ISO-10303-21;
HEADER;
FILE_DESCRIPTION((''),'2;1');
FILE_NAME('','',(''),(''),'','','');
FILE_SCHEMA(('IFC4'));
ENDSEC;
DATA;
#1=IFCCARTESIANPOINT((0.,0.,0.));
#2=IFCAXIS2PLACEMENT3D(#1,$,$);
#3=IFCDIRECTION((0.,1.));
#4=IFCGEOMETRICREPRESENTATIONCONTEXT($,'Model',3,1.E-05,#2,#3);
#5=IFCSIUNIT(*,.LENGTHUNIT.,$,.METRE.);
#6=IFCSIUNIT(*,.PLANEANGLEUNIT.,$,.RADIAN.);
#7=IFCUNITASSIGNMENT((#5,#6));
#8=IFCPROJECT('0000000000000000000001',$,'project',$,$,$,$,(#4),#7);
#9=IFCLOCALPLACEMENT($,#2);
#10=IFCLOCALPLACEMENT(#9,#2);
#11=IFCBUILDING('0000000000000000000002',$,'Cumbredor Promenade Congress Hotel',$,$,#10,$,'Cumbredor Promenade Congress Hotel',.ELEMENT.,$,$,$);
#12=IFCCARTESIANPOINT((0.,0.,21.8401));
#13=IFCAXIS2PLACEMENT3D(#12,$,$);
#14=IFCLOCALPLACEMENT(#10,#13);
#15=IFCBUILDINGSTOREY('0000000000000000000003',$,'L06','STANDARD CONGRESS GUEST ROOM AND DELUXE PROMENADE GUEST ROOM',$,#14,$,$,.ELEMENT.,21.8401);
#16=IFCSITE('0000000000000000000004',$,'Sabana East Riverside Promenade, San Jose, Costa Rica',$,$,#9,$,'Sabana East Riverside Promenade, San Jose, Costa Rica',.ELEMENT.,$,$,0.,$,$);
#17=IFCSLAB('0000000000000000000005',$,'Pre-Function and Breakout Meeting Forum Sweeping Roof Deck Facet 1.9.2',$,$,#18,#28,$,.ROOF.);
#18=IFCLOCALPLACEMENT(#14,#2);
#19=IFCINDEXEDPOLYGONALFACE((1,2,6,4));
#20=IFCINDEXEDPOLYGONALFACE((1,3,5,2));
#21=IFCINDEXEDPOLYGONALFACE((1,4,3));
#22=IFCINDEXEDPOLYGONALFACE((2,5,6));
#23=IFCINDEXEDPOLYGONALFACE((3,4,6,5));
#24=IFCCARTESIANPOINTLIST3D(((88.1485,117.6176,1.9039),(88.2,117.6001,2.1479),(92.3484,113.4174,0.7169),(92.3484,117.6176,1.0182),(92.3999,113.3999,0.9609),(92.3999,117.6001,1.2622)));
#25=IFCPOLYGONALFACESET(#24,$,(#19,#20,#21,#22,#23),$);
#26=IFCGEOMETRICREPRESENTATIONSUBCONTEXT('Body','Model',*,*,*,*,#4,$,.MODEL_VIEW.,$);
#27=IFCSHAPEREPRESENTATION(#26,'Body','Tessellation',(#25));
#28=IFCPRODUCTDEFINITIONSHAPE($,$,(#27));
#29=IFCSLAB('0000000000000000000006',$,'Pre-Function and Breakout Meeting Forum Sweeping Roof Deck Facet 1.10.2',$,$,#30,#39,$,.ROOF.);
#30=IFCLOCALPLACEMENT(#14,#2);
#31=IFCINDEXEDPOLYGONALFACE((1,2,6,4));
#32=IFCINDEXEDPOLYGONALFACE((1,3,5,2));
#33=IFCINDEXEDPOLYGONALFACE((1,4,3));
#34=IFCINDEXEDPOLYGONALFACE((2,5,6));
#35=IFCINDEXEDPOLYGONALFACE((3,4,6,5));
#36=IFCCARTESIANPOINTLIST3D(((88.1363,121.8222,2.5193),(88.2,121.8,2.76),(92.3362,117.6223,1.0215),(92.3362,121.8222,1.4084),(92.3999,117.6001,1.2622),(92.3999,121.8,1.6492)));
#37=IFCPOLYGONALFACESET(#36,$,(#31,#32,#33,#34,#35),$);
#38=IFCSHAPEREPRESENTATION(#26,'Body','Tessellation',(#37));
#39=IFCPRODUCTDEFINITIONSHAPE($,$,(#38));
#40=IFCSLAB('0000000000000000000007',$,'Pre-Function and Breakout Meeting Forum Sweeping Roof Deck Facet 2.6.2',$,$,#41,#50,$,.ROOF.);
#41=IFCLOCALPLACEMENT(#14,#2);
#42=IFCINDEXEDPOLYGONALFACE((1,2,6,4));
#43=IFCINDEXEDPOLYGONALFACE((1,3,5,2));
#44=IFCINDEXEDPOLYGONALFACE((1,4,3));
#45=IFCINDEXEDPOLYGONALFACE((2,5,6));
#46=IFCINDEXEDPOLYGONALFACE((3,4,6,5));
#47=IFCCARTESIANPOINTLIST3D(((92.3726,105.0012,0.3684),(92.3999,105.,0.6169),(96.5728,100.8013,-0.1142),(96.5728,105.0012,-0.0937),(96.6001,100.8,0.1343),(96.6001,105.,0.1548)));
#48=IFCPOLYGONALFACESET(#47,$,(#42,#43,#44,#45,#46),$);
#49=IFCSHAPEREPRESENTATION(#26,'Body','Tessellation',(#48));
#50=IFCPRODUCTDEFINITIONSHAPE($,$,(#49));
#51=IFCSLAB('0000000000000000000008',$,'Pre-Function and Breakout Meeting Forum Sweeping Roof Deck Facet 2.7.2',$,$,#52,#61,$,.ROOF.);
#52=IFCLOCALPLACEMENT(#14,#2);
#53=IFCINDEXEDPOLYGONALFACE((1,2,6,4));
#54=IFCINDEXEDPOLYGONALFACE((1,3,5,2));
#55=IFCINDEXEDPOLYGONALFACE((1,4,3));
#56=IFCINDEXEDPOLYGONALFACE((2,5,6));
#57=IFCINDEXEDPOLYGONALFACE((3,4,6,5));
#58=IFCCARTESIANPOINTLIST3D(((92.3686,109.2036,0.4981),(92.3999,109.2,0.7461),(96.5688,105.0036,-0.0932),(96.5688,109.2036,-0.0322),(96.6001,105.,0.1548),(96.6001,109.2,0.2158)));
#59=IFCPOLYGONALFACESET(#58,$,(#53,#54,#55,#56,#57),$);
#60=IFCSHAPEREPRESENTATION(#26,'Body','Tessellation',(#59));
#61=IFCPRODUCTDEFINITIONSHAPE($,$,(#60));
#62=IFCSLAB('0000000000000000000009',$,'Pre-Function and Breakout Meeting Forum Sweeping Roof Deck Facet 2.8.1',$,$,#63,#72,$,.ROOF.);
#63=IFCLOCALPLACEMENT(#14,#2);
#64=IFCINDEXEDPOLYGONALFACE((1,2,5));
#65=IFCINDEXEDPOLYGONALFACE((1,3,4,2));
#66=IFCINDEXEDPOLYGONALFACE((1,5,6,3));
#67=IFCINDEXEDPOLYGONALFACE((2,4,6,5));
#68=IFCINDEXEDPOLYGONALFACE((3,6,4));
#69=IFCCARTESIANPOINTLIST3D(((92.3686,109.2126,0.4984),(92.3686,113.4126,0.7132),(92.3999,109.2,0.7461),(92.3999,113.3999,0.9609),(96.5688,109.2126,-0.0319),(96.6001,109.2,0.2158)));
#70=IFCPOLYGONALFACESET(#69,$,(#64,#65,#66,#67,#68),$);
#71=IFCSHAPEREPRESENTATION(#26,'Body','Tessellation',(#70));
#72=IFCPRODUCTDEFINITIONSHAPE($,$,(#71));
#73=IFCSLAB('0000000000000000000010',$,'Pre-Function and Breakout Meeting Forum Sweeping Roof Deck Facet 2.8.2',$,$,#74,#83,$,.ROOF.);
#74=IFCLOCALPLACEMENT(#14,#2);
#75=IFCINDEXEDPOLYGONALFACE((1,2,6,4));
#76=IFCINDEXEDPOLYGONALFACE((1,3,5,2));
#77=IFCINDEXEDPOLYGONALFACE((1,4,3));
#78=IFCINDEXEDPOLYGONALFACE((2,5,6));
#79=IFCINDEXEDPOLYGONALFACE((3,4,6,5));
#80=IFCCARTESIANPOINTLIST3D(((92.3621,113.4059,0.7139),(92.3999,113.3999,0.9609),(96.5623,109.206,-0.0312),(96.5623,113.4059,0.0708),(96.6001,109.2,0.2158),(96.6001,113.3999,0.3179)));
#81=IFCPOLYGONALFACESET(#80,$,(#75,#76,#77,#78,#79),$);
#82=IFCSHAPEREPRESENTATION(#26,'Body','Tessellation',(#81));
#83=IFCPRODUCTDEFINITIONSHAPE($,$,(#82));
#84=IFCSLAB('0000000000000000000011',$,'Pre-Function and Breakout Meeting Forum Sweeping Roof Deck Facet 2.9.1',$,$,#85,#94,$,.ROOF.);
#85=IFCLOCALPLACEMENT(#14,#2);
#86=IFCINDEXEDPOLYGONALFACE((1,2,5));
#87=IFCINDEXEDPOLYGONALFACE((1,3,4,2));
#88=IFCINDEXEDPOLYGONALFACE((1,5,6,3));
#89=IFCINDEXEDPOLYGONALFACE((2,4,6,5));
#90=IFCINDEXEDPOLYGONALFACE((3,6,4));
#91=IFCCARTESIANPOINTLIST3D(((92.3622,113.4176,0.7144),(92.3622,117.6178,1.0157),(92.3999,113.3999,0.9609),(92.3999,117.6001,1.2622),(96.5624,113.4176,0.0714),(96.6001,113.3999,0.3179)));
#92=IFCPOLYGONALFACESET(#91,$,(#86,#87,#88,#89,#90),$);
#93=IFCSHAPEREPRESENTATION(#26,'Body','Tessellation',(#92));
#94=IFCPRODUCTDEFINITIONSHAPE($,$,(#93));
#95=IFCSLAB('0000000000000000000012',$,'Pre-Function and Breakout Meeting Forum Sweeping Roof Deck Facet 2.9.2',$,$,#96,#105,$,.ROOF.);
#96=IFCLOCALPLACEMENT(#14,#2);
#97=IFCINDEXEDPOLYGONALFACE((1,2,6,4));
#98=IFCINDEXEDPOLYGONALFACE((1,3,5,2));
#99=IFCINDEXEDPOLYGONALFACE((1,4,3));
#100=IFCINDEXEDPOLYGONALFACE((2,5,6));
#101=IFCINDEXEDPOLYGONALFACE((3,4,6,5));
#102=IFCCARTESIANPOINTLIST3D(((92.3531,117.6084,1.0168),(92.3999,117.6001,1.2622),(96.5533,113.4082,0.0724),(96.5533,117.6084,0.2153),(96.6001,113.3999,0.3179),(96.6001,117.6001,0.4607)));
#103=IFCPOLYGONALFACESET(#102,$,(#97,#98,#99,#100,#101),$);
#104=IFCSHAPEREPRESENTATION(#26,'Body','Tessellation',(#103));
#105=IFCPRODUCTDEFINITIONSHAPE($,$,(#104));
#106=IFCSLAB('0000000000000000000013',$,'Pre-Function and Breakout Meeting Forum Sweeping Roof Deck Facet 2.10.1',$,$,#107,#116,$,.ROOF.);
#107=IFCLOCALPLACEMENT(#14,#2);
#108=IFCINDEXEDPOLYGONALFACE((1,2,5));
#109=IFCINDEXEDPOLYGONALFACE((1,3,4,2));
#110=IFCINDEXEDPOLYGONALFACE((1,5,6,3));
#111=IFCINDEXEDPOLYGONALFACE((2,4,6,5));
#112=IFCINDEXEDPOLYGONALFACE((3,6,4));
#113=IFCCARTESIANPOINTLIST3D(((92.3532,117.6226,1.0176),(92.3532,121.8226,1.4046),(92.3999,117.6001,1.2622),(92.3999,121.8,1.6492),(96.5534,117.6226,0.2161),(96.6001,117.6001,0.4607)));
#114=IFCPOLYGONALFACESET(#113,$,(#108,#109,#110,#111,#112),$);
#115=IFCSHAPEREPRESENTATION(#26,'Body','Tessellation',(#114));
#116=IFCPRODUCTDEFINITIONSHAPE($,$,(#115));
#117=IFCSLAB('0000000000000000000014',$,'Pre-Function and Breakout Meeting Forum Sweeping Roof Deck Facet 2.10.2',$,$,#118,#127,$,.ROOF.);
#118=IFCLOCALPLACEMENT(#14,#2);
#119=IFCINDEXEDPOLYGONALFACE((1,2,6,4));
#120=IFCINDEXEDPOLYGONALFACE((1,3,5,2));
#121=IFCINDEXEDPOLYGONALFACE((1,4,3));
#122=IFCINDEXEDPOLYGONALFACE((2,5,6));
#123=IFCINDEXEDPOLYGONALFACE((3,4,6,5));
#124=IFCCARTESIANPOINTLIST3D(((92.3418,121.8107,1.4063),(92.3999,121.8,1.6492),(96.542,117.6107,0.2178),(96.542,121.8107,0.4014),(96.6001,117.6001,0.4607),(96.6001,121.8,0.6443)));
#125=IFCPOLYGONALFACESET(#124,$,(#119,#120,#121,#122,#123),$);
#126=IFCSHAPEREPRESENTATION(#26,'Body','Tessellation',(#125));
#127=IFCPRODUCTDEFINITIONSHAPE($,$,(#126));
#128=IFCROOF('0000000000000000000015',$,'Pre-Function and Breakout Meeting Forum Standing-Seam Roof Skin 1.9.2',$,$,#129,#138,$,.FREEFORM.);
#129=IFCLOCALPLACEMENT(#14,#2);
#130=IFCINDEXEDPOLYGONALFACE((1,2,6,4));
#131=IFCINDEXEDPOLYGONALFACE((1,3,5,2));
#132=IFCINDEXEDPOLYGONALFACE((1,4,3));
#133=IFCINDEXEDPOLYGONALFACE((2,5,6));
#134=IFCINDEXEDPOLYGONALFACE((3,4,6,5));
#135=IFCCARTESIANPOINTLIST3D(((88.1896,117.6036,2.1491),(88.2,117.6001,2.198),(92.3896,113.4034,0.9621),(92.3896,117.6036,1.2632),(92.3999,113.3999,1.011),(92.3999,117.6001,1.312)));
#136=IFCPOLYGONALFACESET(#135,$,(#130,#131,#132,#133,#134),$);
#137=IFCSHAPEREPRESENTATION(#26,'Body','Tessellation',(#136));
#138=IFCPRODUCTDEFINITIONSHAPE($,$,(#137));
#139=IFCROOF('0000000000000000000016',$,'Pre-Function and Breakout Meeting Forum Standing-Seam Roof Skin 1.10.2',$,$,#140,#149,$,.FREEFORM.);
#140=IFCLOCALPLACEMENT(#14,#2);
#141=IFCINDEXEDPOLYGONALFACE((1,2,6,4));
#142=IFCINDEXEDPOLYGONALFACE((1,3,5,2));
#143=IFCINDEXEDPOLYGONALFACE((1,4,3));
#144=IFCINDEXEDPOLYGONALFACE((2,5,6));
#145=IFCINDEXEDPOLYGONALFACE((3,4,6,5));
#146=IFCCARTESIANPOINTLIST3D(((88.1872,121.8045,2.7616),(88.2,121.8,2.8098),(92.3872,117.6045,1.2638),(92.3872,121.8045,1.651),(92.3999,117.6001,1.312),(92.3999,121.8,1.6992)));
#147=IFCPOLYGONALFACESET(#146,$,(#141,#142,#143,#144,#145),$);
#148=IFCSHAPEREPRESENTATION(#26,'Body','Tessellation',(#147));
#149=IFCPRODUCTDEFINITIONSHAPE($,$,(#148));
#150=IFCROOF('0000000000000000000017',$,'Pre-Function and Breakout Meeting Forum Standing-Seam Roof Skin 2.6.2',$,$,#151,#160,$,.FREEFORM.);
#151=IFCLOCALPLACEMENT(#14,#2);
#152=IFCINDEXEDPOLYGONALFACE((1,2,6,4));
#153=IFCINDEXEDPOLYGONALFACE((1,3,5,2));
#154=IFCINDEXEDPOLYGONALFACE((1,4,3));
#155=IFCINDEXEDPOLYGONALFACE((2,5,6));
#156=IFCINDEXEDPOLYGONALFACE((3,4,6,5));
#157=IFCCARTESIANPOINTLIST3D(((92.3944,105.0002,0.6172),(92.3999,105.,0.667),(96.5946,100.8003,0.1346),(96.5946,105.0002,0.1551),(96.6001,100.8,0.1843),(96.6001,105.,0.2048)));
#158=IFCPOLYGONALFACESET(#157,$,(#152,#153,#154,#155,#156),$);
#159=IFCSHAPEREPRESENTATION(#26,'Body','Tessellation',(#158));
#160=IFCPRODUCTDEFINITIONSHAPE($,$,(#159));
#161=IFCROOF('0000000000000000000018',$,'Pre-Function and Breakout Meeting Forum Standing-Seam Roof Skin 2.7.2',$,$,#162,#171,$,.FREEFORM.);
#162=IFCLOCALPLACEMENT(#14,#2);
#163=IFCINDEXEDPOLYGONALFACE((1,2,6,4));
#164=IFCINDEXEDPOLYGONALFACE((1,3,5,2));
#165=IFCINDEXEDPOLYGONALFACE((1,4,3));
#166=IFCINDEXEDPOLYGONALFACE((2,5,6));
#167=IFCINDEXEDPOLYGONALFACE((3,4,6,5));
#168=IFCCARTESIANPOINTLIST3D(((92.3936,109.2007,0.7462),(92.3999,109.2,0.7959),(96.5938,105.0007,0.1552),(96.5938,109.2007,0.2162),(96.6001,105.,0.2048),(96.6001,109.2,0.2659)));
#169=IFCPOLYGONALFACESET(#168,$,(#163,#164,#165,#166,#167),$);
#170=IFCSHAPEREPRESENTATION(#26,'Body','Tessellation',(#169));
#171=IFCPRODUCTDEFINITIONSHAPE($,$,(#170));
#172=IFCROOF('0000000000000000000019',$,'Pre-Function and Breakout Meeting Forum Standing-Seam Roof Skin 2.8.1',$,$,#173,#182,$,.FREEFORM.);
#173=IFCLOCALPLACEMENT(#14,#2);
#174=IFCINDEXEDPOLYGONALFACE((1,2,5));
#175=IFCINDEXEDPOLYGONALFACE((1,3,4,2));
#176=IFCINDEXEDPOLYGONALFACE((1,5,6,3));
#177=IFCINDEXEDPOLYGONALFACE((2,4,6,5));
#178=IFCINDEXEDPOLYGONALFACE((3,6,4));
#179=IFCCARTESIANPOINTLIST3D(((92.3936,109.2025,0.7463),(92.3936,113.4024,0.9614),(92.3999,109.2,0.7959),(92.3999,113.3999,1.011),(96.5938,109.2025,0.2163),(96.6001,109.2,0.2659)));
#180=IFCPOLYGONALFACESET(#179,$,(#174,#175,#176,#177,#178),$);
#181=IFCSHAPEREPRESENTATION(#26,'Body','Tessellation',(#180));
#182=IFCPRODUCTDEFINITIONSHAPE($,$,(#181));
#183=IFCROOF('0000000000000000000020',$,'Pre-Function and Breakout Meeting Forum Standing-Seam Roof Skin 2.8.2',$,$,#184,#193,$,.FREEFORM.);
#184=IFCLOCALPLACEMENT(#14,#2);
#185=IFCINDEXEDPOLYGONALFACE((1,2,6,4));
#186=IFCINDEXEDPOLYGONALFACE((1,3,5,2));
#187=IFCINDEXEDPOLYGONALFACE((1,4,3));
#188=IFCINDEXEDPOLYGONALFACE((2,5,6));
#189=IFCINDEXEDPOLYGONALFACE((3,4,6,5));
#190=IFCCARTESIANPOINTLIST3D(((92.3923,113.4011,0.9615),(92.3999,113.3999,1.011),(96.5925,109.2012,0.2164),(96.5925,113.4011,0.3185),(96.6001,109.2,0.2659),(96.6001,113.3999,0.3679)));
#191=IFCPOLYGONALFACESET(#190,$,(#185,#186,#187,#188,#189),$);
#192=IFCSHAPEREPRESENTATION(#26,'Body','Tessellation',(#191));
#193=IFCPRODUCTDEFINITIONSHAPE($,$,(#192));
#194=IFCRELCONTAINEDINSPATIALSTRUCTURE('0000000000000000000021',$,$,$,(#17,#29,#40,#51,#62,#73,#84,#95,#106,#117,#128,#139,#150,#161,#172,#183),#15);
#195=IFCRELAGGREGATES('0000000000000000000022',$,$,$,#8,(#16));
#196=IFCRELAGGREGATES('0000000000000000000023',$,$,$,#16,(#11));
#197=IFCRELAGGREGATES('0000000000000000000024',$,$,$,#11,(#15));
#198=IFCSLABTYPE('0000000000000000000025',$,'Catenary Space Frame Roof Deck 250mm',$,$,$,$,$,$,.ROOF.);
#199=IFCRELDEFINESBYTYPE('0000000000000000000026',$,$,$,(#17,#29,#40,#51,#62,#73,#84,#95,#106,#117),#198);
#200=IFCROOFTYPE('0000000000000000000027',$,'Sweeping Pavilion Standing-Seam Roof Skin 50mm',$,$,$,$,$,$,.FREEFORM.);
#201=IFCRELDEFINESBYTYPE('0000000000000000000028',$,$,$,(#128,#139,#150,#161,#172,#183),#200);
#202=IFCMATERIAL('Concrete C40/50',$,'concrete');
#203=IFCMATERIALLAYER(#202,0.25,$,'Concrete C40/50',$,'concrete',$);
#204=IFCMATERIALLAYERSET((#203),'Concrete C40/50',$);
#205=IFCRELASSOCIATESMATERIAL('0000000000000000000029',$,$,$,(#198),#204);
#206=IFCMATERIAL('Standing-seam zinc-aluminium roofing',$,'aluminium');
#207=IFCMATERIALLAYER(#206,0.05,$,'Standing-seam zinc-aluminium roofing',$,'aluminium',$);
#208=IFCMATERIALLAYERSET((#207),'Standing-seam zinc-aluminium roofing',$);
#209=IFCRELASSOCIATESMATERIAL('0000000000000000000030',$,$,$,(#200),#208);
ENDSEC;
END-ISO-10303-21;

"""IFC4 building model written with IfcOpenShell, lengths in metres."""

from ifc_helpers import new_model, si_unit, direction, frame, origin, place, context, subcontext, project, spatial, polyline, outline, extrude, material, layer, layer_set, type_object, element, save


model = new_model("IFC4")

# Units and contexts
model_context = context("Model", 3, precision=1e-05, world=origin(), true_north=direction((0.0, 1.0)))
body_context = subcontext(model_context, "Body", "Model", "MODEL_VIEW")
ifc_project = project(units=[si_unit("LENGTHUNIT", "METRE"), si_unit("PLANEANGLEUNIT", "RADIAN")], contexts=[model_context])

# Site, building, storey
site_placement = place(None, origin())
site = spatial("IfcSite", under=ifc_project, at=site_placement, Name="Sabana East Riverside Promenade, San Jose, Costa Rica", LongName="Sabana East Riverside Promenade, San Jose, Costa Rica", CompositionType="ELEMENT", RefElevation=0.0)
building_placement = place(site_placement, origin())
building = spatial("IfcBuilding", under=site, at=building_placement, Name="Cumbredor Promenade Congress Hotel", LongName="Cumbredor Promenade Congress Hotel", CompositionType="ELEMENT")
storey_placement = place(building_placement, frame((0.0, 0.0, 21.8401)))
storey = spatial("IfcBuildingStorey", under=building, at=storey_placement, Name="L06", Description="STANDARD CONGRESS GUEST ROOM AND DELUXE PROMENADE GUEST ROOM", CompositionType="ELEMENT", Elevation=21.8401)

# Slabs
ifc_material_1 = material(Name="Concrete C40/50", Category="concrete")
ifc_layer_1 = layer(ifc_material_1, 0.25, Name="Concrete C40/50", Category="concrete")
ifc_layer_set_1 = layer_set([ifc_layer_1], Name="Concrete C40/50")
slab_type = type_object("IfcSlabType", Name="Catenary Space Frame Roof Deck 250mm", PredefinedType="ROOF", material=ifc_layer_set_1)
slab_1_placement = place(storey_placement, frame((92.3999, 113.3999, 0.9609), z_axis=(0.205848, -0.070012, 0.976076), x_axis=(0.0, 0.997437, 0.071544)))
element("IfcSlab", 1, at=slab_1_placement, inside=storey, type_object=slab_type, Name="Pre-Function and Breakout Meeting Forum Sweeping Roof Deck Facet 1.9.2", PredefinedType="ROOF", context=body_context, shape_type="SweptSolid", body=[
    extrude(outline(polyline([(0.0, 0.0), (4.211, 0.0), (4.2744, 4.2919), (0.0, 0.0)])), origin(), (0.0, 0.0, -1.0), 0.25),
])
slab_2_placement = place(storey_placement, frame((92.3999, 117.6001, 1.2622), z_axis=(0.254688, -0.088721, 0.962945), x_axis=(0.0, 0.995782, 0.091747)))
element("IfcSlab", 2, at=slab_2_placement, inside=storey, type_object=slab_type, Name="Pre-Function and Breakout Meeting Forum Sweeping Roof Deck Facet 1.10.2", PredefinedType="ROOF", context=body_context, shape_type="SweptSolid", body=[
    extrude(outline(polyline([(0.0, 0.0), (4.2177, 0.0), (4.3197, 4.3432), (0.0, 0.0)])), origin(), (0.0, 0.0, -1.0), 0.25),
])
slab_3_placement = place(storey_placement, frame((96.6001, 100.8, 0.1343), z_axis=(0.109371, -0.004854, 0.993989), x_axis=(0.0, 0.999988, 0.004883)))
element("IfcSlab", 3, at=slab_3_placement, inside=storey, type_object=slab_type, Name="Pre-Function and Breakout Meeting Forum Sweeping Roof Deck Facet 2.6.2", PredefinedType="ROOF", context=body_context, shape_type="SweptSolid", body=[
    extrude(outline(polyline([(0.0, 0.0), (4.2, 0.0), (4.2023, 4.2255), (0.0, 0.0)])), origin(), (0.0, 0.0, -1.0), 0.25),
])
slab_4_placement = place(storey_placement, frame((96.6001, 105.0, 0.1548), z_axis=(0.125242, -0.014416, 0.992021), x_axis=(0.0, 0.999894, 0.014531)))
element("IfcSlab", 4, at=slab_4_placement, inside=storey, type_object=slab_type, Name="Pre-Function and Breakout Meeting Forum Sweeping Roof Deck Facet 2.7.2", PredefinedType="ROOF", context=body_context, shape_type="SweptSolid", body=[
    extrude(outline(polyline([(0.0, 0.0), (4.2004, 0.0), (4.2081, 4.2335), (0.0, 0.0)])), origin(), (0.0, 0.0, -1.0), 0.25),
])
slab_5_placement = place(storey_placement, frame((92.3999, 109.2, 0.7461), z_axis=(0.125094, -0.050686, 0.990849), x_axis=(0.992125, 0.0, -0.125255)))
element("IfcSlab", 5, at=slab_5_placement, inside=storey, type_object=slab_type, Name="Pre-Function and Breakout Meeting Forum Sweeping Roof Deck Facet 2.8.1", PredefinedType="ROOF", context=body_context, shape_type="SweptSolid", body=[
    extrude(outline(polyline([(0.0, 0.0), (4.2335, 0.0), (-0.0269, 4.2054), (0.0, 0.0)])), origin(), (0.0, 0.0, -1.0), 0.25),
])
slab_6_placement = place(storey_placement, frame((96.6001, 109.2, 0.2158), z_axis=(0.151297, -0.024011, 0.988197), x_axis=(0.0, 0.999705, 0.024291)))
element("IfcSlab", 6, at=slab_6_placement, inside=storey, type_object=slab_type, Name="Pre-Function and Breakout Meeting Forum Sweeping Roof Deck Facet 2.8.2", PredefinedType="ROOF", context=body_context, shape_type="SweptSolid", body=[
    extrude(outline(polyline([(0.0, 0.0), (4.2012, 0.0), (4.2168, 4.2491), (0.0, 0.0)])), origin(), (0.0, 0.0, -1.0), 0.25),
])
slab_7_placement = place(storey_placement, frame((92.3999, 113.3999, 0.9609), z_axis=(0.150961, -0.070724, 0.986006), x_axis=(0.988482, 0.0, -0.15134)))
element("IfcSlab", 7, at=slab_7_placement, inside=storey, type_object=slab_type, Name="Pre-Function and Breakout Meeting Forum Sweeping Roof Deck Facet 2.9.1", PredefinedType="ROOF", context=body_context, shape_type="SweptSolid", body=[
    extrude(outline(polyline([(0.0, 0.0), (4.2491, 0.0), (-0.0456, 4.2107), (0.0, 0.0)])), origin(), (0.0, 0.0, -1.0), 0.25),
])
slab_8_placement = place(storey_placement, frame((96.6001, 113.3999, 0.3179), z_axis=(0.187341, -0.033382, 0.981728), x_axis=(0.0, 0.999422, 0.033984)))
element("IfcSlab", 8, at=slab_8_placement, inside=storey, type_object=slab_type, Name="Pre-Function and Breakout Meeting Forum Sweeping Roof Deck Facet 2.9.2", PredefinedType="ROOF", context=body_context, shape_type="SweptSolid", body=[
    extrude(outline(polyline([(0.0, 0.0), (4.2026, 0.0), (4.2299, 4.2759), (0.0, 0.0)])), origin(), (0.0, 0.0, -1.0), 0.25),
])
slab_9_placement = place(storey_placement, frame((92.3999, 117.6001, 1.2622), z_axis=(0.186682, -0.090134, 0.978277), x_axis=(0.982275, 0.0, -0.187445)))
element("IfcSlab", 9, at=slab_9_placement, inside=storey, type_object=slab_type, Name="Pre-Function and Breakout Meeting Forum Sweeping Roof Deck Facet 2.10.1", PredefinedType="ROOF", context=body_context, shape_type="SweptSolid", body=[
    extrude(outline(polyline([(0.0, 0.0), (4.276, 0.0), (-0.0725, 4.2171), (0.0, 0.0)])), origin(), (0.0, 0.0, -1.0), 0.25),
])
slab_10_placement = place(storey_placement, frame((96.6001, 117.6001, 0.4607), z_axis=(0.23247, -0.042475, 0.971676), x_axis=(0.0, 0.999046, 0.043672)))
element("IfcSlab", 10, at=slab_10_placement, inside=storey, type_object=slab_type, Name="Pre-Function and Breakout Meeting Forum Sweeping Roof Deck Facet 2.10.2", PredefinedType="ROOF", context=body_context, shape_type="SweptSolid", body=[
    extrude(outline(polyline([(0.0, 0.0), (4.204, 0.0), (4.2478, 4.3185), (0.0, 0.0)])), origin(), (0.0, 0.0, -1.0), 0.25),
])

# Roofs
ifc_material_2 = material(Name="Standing-seam zinc-aluminium roofing", Category="aluminium")
ifc_layer_2 = layer(ifc_material_2, 0.05, Name="Standing-seam zinc-aluminium roofing", Category="aluminium")
ifc_layer_set_2 = layer_set([ifc_layer_2], Name="Standing-seam zinc-aluminium roofing")
roof_type = type_object("IfcRoofType", Name="Sweeping Pavilion Standing-Seam Roof Skin 50mm", PredefinedType="FREEFORM", material=ifc_layer_set_2)
roof_1_placement = place(storey_placement, frame((92.3999, 113.3999, 1.011), z_axis=(0.205903, -0.069954, 0.976069), x_axis=(0.0, 0.997442, 0.071486)))
element("IfcRoof", 11, at=roof_1_placement, inside=storey, type_object=roof_type, Name="Pre-Function and Breakout Meeting Forum Standing-Seam Roof Skin 1.9.2", PredefinedType="FREEFORM", context=body_context, shape_type="SweptSolid", body=[
    extrude(outline(polyline([(0.0, 0.0), (4.211, 0.0), (4.2743, 4.2919), (0.0, 0.0)])), origin(), (0.0, 0.0, -1.0), 0.05),
])
roof_2_placement = place(storey_placement, frame((92.3999, 117.6001, 1.312), z_axis=(0.254634, -0.088778, 0.962954), x_axis=(0.0, 0.995777, 0.091804)))
element("IfcRoof", 12, at=roof_2_placement, inside=storey, type_object=roof_type, Name="Pre-Function and Breakout Meeting Forum Standing-Seam Roof Skin 1.10.2", PredefinedType="FREEFORM", context=body_context, shape_type="SweptSolid", body=[
    extrude(outline(polyline([(0.0, 0.0), (4.2178, 0.0), (4.3197, 4.3431), (0.0, 0.0)])), origin(), (0.0, 0.0, -1.0), 0.05),
])
roof_3_placement = place(storey_placement, frame((96.6001, 100.8, 0.1843), z_axis=(0.109371, -0.004854, 0.993989), x_axis=(0.0, 0.999988, 0.004883)))
element("IfcRoof", 13, at=roof_3_placement, inside=storey, type_object=roof_type, Name="Pre-Function and Breakout Meeting Forum Standing-Seam Roof Skin 2.6.2", PredefinedType="FREEFORM", context=body_context, shape_type="SweptSolid", body=[
    extrude(outline(polyline([(0.0, 0.0), (4.2, 0.0), (4.2023, 4.2255), (0.0, 0.0)])), origin(), (0.0, 0.0, -1.0), 0.05),
])
roof_4_placement = place(storey_placement, frame((96.6001, 105.0, 0.2048), z_axis=(0.125186, -0.014417, 0.992029), x_axis=(0.0, 0.999894, 0.014531)))
element("IfcRoof", 14, at=roof_4_placement, inside=storey, type_object=roof_type, Name="Pre-Function and Breakout Meeting Forum Standing-Seam Roof Skin 2.7.2", PredefinedType="FREEFORM", context=body_context, shape_type="SweptSolid", body=[
    extrude(outline(polyline([(0.0, 0.0), (4.2004, 0.0), (4.2081, 4.2335), (0.0, 0.0)])), origin(), (0.0, 0.0, -1.0), 0.05),
])
roof_5_placement = place(storey_placement, frame((92.3999, 109.2, 0.7959), z_axis=(0.125037, -0.050744, 0.990854), x_axis=(0.992132, 0.0, -0.125199)))
element("IfcRoof", 15, at=roof_5_placement, inside=storey, type_object=roof_type, Name="Pre-Function and Breakout Meeting Forum Standing-Seam Roof Skin 2.8.1", PredefinedType="FREEFORM", context=body_context, shape_type="SweptSolid", body=[
    extrude(outline(polyline([(0.0, 0.0), (4.2335, 0.0), (-0.0269, 4.2054), (0.0, 0.0)])), origin(), (0.0, 0.0, -1.0), 0.05),
])
roof_6_placement = place(storey_placement, frame((96.6001, 109.2, 0.2659), z_axis=(0.151297, -0.024011, 0.988197), x_axis=(0.0, 0.999705, 0.024291)))
element("IfcRoof", 16, at=roof_6_placement, inside=storey, type_object=roof_type, Name="Pre-Function and Breakout Meeting Forum Standing-Seam Roof Skin 2.8.2", PredefinedType="FREEFORM", context=body_context, shape_type="SweptSolid", body=[
    extrude(outline(polyline([(0.0, 0.0), (4.2012, 0.0), (4.2168, 4.2491), (0.0, 0.0)])), origin(), (0.0, 0.0, -1.0), 0.05),
])

save(model, "model.ifc")
